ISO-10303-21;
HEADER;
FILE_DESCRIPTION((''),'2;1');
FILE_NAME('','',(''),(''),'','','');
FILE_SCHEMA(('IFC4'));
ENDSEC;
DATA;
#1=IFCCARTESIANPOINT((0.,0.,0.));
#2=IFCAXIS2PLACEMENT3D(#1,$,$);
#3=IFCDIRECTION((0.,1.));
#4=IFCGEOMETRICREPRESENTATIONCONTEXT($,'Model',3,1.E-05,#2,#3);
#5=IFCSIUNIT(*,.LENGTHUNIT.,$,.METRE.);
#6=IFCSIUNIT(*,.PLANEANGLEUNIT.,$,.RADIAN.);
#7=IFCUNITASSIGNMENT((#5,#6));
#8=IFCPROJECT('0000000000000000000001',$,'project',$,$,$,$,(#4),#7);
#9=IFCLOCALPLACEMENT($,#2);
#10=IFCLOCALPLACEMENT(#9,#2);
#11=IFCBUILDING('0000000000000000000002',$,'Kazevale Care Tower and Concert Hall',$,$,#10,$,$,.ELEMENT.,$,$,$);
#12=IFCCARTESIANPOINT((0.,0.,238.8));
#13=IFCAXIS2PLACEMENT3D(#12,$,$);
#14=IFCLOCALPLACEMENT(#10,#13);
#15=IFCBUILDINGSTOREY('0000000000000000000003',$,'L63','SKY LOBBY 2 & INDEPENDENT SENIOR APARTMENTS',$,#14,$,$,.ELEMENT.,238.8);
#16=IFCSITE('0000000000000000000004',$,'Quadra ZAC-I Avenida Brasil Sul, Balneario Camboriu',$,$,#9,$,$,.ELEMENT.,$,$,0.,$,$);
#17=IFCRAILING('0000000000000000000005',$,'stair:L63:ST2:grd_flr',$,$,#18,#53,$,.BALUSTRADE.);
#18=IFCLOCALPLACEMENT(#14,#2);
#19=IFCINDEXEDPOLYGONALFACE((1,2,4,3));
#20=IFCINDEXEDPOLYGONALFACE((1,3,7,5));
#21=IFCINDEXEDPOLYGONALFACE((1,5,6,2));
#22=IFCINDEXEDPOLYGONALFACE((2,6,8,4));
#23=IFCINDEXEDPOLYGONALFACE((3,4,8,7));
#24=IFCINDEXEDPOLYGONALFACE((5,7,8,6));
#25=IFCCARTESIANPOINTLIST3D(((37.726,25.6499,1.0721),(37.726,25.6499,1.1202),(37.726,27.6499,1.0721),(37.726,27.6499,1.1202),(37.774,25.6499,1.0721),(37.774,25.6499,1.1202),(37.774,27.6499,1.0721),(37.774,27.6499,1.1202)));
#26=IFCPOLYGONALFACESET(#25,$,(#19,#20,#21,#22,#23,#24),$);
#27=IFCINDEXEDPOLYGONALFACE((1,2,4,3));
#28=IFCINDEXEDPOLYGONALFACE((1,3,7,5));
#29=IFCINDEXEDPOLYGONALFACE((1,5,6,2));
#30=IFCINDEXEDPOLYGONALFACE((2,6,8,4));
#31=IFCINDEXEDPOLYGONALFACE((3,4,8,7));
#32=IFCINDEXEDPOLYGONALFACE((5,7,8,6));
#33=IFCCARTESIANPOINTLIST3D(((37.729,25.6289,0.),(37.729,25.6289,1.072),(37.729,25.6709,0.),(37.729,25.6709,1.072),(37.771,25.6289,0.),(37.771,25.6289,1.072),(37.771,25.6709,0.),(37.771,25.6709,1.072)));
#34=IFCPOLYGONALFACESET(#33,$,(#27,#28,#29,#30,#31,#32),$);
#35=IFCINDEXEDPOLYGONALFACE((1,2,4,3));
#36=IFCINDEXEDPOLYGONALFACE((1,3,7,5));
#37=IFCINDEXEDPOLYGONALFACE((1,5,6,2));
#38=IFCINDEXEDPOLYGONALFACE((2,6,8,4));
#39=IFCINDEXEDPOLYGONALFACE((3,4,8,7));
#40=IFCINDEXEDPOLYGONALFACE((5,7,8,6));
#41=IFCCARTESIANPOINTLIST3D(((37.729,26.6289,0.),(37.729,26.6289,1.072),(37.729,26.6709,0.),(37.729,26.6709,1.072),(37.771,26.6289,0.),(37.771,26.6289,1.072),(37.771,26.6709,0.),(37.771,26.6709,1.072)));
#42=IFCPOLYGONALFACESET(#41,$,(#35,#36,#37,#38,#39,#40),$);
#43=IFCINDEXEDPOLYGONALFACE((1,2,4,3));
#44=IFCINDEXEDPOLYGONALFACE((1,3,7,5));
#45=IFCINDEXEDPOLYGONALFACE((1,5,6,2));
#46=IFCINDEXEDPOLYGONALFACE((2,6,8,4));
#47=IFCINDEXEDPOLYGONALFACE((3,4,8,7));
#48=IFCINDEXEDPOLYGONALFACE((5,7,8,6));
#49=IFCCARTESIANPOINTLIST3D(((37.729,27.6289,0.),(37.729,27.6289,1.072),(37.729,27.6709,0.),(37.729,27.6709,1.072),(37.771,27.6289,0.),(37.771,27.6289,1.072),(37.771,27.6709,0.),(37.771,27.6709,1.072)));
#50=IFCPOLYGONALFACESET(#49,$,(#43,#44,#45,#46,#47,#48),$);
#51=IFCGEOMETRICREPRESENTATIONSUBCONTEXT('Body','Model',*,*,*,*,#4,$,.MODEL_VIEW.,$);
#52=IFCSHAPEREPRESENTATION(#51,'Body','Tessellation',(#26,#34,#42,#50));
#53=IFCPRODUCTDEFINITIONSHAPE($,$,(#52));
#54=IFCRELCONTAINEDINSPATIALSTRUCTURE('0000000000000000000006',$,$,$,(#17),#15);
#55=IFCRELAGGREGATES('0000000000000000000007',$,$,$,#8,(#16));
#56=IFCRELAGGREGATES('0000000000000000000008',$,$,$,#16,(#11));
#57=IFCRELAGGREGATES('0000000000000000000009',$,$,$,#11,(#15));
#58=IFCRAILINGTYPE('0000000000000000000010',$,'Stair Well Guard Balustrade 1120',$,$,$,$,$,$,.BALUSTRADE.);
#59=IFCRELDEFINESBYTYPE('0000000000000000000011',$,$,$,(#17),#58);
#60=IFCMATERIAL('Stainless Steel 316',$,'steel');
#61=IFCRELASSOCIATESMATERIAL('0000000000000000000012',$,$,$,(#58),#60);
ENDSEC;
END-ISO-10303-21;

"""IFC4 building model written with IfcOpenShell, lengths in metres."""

from ifc_helpers import new_model, si_unit, direction, frame, origin, origin_2d, place, context, subcontext, project, spatial, rectangle, extrude, material, type_object, element, save


model = new_model("IFC4")

# Units and contexts
model_context = context("Model", 3, precision=1e-05, world=origin(), true_north=direction((0.0, 1.0)))
body_context = subcontext(model_context, "Body", "Model", "MODEL_VIEW")
ifc_project = project(units=[si_unit("LENGTHUNIT", "METRE"), si_unit("PLANEANGLEUNIT", "RADIAN")], contexts=[model_context])

# Site, building, storey
site_placement = place(None, origin())
site = spatial("IfcSite", under=ifc_project, at=site_placement, Name="Quadra ZAC-I Avenida Brasil Sul, Balneario Camboriu", CompositionType="ELEMENT", RefElevation=0.0)
building_placement = place(site_placement, origin())
building = spatial("IfcBuilding", under=site, at=building_placement, Name="Kazevale Care Tower and Concert Hall", CompositionType="ELEMENT")
storey_placement = place(building_placement, frame((0.0, 0.0, 238.8)))
storey = spatial("IfcBuildingStorey", under=building, at=storey_placement, Name="L63", Description="SKY LOBBY 2 & INDEPENDENT SENIOR APARTMENTS", CompositionType="ELEMENT", Elevation=238.8)

# Railing
ifc_material_1 = material(Name="Stainless Steel 316", Category="steel")
railing_type_1 = type_object("IfcRailingType", Name="Stair Well Guard Balustrade 1120", PredefinedType="BALUSTRADE", material=ifc_material_1)
for number, where, name in (
    (1, (37.75, 25.6499, 0.0), "stair:L63:ST2:grd_flr"),
):
    element("IfcRailing", number, at=place(storey_placement, frame(where)), inside=storey, type_object=railing_type_1, Name=name, PredefinedType="BALUSTRADE", context=body_context, shape_type="SweptSolid", body=[
        extrude(rectangle(XDim=0.0481, YDim=0.0481, at=origin_2d()), frame((0.0, 0.0, 1.0962), z_axis=(0.0, 1.0, 0.0), x_axis=(-1.0, 0.0, 0.0)), (0.0, 0.0, 1.0), 2.0),
        extrude(rectangle(XDim=0.042, YDim=0.042, at=origin_2d()), origin(), (0.0, 0.0, 1.0), 1.072),
        extrude(rectangle(XDim=0.042, YDim=0.042, at=origin_2d()), frame((0.0, 1.0, 0.0)), (0.0, 0.0, 1.0), 1.072),
        extrude(rectangle(XDim=0.042, YDim=0.042, at=origin_2d()), frame((0.0, 2.0, 0.0)), (0.0, 0.0, 1.0), 1.072),
    ])

save(model, "model.ifc")
